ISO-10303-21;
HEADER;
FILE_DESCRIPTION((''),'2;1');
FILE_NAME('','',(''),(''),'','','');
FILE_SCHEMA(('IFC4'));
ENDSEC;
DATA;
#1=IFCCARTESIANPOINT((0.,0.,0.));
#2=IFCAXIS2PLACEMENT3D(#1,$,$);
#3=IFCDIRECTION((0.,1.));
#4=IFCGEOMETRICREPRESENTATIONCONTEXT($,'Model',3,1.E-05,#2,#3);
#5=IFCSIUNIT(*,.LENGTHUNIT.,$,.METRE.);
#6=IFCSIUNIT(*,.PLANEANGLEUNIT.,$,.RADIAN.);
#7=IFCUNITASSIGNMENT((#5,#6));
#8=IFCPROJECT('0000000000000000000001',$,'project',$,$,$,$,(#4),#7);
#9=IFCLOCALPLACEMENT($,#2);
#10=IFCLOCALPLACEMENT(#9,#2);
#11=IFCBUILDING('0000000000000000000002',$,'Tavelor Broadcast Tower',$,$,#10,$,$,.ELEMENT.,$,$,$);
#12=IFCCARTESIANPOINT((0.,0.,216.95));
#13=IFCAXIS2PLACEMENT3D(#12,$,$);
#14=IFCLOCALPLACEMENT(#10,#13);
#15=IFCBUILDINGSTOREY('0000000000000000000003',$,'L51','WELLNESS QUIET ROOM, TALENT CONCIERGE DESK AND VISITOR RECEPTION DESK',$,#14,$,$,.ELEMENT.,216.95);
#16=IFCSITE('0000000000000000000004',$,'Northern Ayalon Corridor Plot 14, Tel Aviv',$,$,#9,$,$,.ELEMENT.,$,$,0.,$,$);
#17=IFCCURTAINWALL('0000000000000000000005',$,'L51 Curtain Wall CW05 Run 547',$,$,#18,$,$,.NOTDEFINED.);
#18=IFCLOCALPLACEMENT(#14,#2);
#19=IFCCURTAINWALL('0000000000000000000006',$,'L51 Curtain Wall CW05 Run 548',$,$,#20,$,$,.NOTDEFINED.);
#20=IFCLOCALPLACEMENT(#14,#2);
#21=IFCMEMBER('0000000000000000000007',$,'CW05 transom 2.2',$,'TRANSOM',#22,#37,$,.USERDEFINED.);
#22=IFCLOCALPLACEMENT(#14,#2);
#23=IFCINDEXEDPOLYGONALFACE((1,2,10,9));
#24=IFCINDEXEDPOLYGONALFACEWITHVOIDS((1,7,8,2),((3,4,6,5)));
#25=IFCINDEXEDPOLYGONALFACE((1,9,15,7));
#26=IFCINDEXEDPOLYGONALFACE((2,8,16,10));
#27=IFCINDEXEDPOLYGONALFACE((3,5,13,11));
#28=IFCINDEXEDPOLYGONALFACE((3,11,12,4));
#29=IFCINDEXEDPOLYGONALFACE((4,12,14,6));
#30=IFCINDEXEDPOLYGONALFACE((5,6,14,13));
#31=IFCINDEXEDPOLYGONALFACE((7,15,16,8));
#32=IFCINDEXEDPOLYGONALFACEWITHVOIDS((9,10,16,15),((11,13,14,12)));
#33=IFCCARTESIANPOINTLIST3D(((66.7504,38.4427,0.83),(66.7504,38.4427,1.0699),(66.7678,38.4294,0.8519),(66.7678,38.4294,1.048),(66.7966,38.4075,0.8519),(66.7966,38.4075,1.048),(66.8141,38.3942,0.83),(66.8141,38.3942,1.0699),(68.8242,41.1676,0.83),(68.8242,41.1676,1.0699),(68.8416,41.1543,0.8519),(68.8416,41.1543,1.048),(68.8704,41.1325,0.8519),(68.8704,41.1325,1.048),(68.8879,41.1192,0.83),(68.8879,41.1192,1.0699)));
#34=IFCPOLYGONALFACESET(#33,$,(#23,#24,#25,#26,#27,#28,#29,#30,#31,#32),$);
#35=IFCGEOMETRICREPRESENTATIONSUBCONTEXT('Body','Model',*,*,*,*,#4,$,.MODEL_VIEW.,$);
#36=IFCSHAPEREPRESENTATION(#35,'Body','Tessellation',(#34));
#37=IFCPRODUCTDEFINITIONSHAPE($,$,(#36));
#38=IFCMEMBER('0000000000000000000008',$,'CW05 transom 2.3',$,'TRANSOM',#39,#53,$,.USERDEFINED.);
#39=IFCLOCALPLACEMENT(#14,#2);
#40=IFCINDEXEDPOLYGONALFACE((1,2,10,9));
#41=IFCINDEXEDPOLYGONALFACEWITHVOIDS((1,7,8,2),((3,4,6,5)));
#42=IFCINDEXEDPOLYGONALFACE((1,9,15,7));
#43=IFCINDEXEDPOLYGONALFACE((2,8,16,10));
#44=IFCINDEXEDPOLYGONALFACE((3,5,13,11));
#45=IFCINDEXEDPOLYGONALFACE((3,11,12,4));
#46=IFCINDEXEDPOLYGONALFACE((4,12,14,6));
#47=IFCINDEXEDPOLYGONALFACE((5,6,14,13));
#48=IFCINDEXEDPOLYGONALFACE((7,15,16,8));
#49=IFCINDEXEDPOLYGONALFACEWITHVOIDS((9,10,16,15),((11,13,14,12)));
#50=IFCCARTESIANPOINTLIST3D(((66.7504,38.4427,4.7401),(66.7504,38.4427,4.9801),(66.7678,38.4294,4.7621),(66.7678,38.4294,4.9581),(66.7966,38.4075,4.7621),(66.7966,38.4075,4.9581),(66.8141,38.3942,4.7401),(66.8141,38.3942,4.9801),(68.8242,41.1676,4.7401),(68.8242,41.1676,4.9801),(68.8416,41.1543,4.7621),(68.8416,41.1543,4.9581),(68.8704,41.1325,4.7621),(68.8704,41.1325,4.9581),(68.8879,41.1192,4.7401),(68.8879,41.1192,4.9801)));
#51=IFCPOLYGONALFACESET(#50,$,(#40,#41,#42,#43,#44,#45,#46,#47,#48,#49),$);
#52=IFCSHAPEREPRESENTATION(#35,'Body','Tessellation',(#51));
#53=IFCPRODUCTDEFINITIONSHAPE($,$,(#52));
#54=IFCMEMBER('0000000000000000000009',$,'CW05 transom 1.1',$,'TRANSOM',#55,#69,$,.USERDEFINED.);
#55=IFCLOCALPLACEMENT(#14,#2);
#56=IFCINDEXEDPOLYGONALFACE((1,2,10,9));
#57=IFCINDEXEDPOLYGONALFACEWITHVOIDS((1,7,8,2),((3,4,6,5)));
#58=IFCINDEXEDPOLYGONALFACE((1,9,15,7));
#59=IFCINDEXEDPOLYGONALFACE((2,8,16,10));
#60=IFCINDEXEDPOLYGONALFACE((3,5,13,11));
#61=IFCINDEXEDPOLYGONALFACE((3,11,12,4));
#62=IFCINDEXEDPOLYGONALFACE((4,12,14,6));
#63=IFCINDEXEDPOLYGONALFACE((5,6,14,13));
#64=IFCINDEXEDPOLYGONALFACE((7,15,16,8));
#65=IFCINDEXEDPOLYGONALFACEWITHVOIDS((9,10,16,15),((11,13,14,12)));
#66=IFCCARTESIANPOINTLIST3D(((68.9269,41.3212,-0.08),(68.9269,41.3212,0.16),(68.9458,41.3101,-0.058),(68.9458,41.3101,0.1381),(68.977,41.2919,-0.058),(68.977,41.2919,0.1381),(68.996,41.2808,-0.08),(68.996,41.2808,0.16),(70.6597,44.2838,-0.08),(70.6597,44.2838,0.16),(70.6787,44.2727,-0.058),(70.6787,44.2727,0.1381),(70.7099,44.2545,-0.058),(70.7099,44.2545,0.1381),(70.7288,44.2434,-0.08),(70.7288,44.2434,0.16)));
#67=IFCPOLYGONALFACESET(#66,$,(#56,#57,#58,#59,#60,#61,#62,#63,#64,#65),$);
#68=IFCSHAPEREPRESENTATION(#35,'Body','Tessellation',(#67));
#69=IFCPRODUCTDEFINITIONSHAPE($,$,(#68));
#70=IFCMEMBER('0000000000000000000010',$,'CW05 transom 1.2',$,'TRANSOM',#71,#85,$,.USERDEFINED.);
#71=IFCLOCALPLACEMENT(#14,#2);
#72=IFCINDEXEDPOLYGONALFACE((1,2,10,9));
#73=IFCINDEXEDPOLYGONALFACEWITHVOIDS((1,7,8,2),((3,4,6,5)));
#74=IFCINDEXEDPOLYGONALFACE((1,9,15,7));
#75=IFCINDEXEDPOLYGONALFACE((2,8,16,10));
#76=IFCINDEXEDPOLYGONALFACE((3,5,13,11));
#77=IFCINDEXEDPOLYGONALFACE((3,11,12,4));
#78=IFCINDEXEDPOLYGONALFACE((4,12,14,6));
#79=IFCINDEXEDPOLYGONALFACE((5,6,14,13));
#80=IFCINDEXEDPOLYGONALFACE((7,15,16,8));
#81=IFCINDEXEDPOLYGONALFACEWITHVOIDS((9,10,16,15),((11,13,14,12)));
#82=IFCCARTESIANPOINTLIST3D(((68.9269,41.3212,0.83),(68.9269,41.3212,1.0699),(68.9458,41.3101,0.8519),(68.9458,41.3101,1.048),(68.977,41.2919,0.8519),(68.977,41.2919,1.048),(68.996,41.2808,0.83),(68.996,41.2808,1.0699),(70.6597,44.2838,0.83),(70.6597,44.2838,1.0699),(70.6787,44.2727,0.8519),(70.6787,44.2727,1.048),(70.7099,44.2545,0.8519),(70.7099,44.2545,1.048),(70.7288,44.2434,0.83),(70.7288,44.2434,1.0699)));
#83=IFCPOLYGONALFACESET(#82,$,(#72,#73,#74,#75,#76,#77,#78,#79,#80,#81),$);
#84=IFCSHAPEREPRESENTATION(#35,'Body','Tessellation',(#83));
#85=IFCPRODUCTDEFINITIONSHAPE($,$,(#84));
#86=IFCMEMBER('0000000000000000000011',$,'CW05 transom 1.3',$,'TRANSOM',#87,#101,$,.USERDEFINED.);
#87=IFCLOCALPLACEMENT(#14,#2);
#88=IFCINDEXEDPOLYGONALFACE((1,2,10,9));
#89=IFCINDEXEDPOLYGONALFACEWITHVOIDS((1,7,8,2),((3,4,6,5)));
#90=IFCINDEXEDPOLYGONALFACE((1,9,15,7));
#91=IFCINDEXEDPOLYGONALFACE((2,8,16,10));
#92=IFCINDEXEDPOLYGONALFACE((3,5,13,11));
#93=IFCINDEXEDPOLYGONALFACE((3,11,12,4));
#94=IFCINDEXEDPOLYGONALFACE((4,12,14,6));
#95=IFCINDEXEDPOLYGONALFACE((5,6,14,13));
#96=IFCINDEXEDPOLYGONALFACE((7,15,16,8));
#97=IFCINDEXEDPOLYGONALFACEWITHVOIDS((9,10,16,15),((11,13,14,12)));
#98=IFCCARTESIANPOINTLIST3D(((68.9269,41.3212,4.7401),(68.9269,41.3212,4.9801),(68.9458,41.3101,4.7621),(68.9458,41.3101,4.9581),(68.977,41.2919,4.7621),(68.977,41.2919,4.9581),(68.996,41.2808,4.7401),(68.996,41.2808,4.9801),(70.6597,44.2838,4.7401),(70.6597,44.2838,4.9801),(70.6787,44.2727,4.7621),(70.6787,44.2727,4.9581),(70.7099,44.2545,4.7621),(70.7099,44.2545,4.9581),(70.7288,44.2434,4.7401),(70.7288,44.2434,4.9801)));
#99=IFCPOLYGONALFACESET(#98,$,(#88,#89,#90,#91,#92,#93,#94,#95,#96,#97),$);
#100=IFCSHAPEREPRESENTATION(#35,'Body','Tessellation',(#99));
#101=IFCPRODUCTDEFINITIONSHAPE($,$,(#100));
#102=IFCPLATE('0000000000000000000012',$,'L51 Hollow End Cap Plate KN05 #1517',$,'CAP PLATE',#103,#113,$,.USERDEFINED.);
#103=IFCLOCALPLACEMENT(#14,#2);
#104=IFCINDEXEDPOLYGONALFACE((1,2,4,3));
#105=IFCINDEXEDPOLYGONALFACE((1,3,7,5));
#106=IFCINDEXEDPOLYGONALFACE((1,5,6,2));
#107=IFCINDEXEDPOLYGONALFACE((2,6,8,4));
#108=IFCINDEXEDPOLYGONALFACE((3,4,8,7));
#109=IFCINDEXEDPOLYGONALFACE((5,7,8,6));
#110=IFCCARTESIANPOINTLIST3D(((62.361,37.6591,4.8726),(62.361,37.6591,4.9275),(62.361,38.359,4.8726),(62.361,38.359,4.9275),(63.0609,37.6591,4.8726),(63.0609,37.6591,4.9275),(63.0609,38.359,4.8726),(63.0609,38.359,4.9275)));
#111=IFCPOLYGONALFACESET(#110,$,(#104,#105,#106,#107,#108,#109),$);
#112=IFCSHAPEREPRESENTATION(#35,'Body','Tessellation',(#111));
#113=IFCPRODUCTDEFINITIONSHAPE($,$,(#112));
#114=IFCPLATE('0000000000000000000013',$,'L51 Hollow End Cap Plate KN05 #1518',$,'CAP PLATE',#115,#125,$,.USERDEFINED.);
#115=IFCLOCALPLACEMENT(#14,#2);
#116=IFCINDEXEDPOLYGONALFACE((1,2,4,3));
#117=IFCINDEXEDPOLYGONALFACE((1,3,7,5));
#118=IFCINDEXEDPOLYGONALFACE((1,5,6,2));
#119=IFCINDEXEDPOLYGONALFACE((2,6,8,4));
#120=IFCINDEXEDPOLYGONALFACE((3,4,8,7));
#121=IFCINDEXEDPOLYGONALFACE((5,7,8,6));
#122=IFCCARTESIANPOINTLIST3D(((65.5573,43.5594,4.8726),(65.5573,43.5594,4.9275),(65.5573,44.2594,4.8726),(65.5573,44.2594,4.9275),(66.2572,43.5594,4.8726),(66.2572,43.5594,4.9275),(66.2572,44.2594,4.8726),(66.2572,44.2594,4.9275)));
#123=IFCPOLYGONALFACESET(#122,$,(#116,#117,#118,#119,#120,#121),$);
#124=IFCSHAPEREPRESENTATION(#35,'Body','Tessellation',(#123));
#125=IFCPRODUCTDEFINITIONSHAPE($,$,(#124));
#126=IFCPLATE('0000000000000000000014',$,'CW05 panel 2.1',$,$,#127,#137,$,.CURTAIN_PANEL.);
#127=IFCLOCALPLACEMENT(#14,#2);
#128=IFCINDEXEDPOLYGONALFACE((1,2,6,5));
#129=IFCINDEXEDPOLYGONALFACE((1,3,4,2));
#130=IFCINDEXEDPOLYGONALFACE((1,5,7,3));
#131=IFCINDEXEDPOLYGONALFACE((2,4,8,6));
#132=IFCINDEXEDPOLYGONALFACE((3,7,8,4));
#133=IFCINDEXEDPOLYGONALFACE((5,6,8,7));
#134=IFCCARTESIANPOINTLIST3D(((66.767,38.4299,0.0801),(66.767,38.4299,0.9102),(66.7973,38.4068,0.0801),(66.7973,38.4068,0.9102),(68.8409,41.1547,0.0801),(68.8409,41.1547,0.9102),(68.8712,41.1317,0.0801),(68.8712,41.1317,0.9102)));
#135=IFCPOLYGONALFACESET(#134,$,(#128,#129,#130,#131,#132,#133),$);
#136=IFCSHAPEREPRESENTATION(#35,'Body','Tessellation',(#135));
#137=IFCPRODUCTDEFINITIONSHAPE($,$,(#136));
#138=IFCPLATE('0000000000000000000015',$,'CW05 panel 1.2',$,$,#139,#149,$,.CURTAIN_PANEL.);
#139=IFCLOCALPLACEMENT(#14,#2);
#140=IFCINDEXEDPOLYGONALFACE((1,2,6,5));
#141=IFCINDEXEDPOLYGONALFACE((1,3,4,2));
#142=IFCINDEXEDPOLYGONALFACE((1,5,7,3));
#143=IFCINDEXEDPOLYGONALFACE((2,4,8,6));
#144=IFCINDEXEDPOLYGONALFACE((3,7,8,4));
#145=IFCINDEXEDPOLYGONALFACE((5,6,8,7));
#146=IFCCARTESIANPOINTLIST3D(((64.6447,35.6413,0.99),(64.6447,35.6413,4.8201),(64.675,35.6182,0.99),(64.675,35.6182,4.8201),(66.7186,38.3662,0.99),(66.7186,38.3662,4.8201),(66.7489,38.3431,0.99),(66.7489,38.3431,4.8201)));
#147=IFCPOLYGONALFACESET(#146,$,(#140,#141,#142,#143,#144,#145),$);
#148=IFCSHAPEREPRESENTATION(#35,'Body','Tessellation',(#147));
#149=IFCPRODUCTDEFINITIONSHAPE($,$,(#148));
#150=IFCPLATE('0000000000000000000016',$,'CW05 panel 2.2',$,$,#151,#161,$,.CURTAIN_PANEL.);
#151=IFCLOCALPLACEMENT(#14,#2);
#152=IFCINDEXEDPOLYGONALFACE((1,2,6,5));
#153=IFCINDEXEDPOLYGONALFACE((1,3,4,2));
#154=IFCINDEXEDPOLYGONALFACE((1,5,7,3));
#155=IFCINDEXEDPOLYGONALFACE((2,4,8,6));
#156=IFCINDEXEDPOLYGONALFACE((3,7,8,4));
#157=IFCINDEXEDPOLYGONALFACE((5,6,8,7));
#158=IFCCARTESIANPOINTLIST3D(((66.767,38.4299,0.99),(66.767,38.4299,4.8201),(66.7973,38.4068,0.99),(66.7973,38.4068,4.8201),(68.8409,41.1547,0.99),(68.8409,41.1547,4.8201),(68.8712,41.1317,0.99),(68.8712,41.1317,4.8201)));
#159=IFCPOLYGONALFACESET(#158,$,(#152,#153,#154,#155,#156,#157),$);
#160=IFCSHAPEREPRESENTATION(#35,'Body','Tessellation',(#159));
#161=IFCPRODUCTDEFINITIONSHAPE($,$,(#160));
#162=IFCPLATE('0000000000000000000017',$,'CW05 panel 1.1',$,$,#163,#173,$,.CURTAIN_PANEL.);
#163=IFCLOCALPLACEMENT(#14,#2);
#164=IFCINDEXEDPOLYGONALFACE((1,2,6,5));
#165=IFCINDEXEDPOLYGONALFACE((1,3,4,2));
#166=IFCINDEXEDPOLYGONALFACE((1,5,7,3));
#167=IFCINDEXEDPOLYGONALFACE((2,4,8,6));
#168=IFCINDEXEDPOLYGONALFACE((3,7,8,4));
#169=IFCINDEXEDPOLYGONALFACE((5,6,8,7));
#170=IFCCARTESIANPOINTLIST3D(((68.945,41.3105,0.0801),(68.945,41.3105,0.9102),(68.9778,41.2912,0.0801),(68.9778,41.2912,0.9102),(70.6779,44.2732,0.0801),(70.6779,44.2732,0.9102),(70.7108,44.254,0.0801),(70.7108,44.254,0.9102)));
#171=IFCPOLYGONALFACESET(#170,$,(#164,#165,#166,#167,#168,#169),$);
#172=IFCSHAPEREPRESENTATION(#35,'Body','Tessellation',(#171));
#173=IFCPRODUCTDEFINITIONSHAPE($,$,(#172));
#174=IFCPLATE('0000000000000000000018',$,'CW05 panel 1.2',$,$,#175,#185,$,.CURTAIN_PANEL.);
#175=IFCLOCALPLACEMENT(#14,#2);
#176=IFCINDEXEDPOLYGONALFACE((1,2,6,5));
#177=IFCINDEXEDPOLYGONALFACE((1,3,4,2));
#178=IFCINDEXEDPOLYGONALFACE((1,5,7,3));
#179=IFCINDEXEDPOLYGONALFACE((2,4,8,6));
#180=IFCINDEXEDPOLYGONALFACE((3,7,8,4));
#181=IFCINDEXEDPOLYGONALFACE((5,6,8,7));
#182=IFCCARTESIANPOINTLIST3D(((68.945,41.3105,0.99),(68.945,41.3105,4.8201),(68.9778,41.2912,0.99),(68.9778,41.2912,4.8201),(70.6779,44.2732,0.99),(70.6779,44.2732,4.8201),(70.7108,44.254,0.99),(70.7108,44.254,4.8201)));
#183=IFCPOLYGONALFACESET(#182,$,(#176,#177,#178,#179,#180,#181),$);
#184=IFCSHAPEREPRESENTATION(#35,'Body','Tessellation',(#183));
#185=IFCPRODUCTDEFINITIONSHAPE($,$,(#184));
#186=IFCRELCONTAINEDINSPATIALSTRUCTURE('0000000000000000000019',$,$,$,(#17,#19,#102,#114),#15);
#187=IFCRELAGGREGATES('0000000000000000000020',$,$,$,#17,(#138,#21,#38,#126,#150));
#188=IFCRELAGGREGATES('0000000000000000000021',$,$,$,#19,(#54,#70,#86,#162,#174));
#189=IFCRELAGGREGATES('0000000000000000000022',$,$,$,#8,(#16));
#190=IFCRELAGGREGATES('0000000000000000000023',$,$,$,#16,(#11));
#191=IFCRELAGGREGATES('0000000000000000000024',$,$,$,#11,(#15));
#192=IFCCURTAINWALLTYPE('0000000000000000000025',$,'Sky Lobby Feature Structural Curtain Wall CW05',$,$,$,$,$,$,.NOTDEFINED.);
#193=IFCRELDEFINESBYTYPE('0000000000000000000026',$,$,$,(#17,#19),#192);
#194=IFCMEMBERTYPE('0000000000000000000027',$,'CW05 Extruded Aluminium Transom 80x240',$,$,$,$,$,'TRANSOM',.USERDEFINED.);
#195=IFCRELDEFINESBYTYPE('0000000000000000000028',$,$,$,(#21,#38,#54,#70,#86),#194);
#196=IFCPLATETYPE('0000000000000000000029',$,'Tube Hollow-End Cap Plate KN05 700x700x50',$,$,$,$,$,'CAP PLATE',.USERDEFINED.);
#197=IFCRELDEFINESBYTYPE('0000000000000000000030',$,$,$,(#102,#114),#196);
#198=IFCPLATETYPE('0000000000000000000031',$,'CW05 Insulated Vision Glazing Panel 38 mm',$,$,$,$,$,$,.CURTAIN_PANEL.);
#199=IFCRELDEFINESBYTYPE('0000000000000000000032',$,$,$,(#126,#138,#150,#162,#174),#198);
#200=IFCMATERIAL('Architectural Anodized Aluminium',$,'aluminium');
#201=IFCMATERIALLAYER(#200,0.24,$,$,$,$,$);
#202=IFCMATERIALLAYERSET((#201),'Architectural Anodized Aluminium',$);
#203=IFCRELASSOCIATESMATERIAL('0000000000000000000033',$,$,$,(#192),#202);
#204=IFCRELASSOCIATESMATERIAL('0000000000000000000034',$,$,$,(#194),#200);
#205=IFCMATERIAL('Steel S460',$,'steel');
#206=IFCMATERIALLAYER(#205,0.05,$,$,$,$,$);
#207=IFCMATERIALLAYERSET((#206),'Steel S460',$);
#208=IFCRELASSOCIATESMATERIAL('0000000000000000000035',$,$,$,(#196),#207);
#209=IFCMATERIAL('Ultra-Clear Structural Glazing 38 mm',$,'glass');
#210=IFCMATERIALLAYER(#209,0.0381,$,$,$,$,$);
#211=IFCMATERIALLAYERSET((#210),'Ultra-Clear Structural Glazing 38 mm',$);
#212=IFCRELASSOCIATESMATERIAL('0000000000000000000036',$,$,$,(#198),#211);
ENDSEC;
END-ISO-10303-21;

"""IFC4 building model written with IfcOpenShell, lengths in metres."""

from ifc_helpers import new_model, si_unit, direction, frame, origin, origin_2d, place, context, subcontext, project, spatial, rectangle, hollow_rectangle, extrude, source, transform, mapped, material, layer, layer_set, material_profile, profile_set, type_object, type_shapes, element, aggregate, save


model = new_model("IFC4")

# Units and contexts
model_context = context("Model", 3, precision=1e-05, world=origin(), true_north=direction((0.0, 1.0)))
body_context = subcontext(model_context, "Body", "Model", "MODEL_VIEW")
ifc_project = project(units=[si_unit("LENGTHUNIT", "METRE"), si_unit("PLANEANGLEUNIT", "RADIAN")], contexts=[model_context])

# Site, building, storey
site_placement = place(None, origin())
site = spatial("IfcSite", under=ifc_project, at=site_placement, Name="Northern Ayalon Corridor Plot 14, Tel Aviv", CompositionType="ELEMENT", RefElevation=0.0)
building_placement = place(site_placement, origin())
building = spatial("IfcBuilding", under=site, at=building_placement, Name="Tavelor Broadcast Tower", CompositionType="ELEMENT")
storey_placement = place(building_placement, frame((0.0, 0.0, 216.95)))
storey = spatial("IfcBuildingStorey", under=building, at=storey_placement, Name="L51", Description="WELLNESS QUIET ROOM, TALENT CONCIERGE DESK AND VISITOR RECEPTION DESK", CompositionType="ELEMENT", Elevation=216.95)

# Shared definitions
ifc_material_1 = material(Name="Steel S460", Category="steel")

# Curtain wall
ifc_material_2 = material(Name="Architectural Anodized Aluminium", Category="aluminium")
ifc_layer_1 = layer(ifc_material_2, 0.24)
ifc_layer_set_1 = layer_set([ifc_layer_1], Name="Architectural Anodized Aluminium")
curtain_wall_type = type_object("IfcCurtainWallType", Name="Sky Lobby Feature Structural Curtain Wall CW05", PredefinedType="NOTDEFINED", material=ifc_layer_set_1)
curtain_wall_1_placement = place(storey_placement, origin())
curtain_wall_1 = element("IfcCurtainWall", 1, at=curtain_wall_1_placement, inside=storey, type_object=curtain_wall_type, Name="L51 Curtain Wall CW05 Run 547", PredefinedType="NOTDEFINED")

# Curtain wall
curtain_wall_2_placement = place(storey_placement, origin())
curtain_wall_2 = element("IfcCurtainWall", 2, at=curtain_wall_2_placement, inside=storey, type_object=curtain_wall_type, Name="L51 Curtain Wall CW05 Run 548", PredefinedType="NOTDEFINED")

# Members
ifc_material_profile_1 = material_profile(ifc_material_2, hollow_rectangle(XDim=0.0801, YDim=0.24, WallThickness=0.022, at=origin_2d()), Name="RHS 80x240x22")
ifc_profile_set_1 = profile_set([ifc_material_profile_1], Name="Architectural Anodized Aluminium")
member_type_1 = type_object("IfcMemberType", Name="CW05 Extruded Aluminium Transom 80x240", ElementType="TRANSOM", PredefinedType="USERDEFINED", material=ifc_profile_set_1)
shared_shape_1 = source(origin(), body_context, "Body", "SweptSolid", [
    extrude(hollow_rectangle(XDim=0.0801, YDim=0.24, WallThickness=0.022, at=origin_2d()), origin(), (0.0, 0.0, 1.0), 3.4243),
])
member_1_placement = place(storey_placement, frame((66.7822, 38.4185, 0.95), z_axis=(0.605609, 0.795762, 0.0), x_axis=(-0.795762, 0.605609, 0.0)))
member_1 = element("IfcMember", 3, at=member_1_placement, type_object=member_type_1, Name="CW05 transom 2.2", ObjectType="TRANSOM", PredefinedType="USERDEFINED", context=body_context, shape_type="MappedRepresentation", body=[
    mapped(shared_shape_1, transform((0.0, 0.0, 0.0), scale=1.0)),
])
member_2_placement = place(storey_placement, frame((66.7822, 38.4185, 4.8601), z_axis=(0.605609, 0.795762, 0.0), x_axis=(-0.795762, 0.605609, 0.0)))
member_2 = element("IfcMember", 4, at=member_2_placement, type_object=member_type_1, Name="CW05 transom 2.3", ObjectType="TRANSOM", PredefinedType="USERDEFINED", context=body_context, shape_type="MappedRepresentation", body=[
    mapped(shared_shape_1, transform((0.0, 0.0, 0.0), scale=1.0)),
])
shared_shape_2 = source(origin(), body_context, "Body", "SweptSolid", [
    extrude(hollow_rectangle(XDim=0.0801, YDim=0.24, WallThickness=0.022, at=origin_2d()), origin(), (0.0, 0.0, 1.0), 3.4321),
])
type_shapes(member_type_1, [shared_shape_1, shared_shape_2])
member_3_placement = place(storey_placement, frame((68.9614, 41.301, 0.04), z_axis=(0.504892, 0.863182, 0.0), x_axis=(-0.863182, 0.504892, 0.0)))
member_3 = element("IfcMember", 5, at=member_3_placement, type_object=member_type_1, Name="CW05 transom 1.1", ObjectType="TRANSOM", PredefinedType="USERDEFINED", context=body_context, shape_type="MappedRepresentation", body=[
    mapped(shared_shape_2, transform((0.0, 0.0, 0.0), scale=1.0)),
])
member_4_placement = place(storey_placement, frame((68.9614, 41.301, 0.95), z_axis=(0.504892, 0.863182, 0.0), x_axis=(-0.863182, 0.504892, 0.0)))
member_4 = element("IfcMember", 6, at=member_4_placement, type_object=member_type_1, Name="CW05 transom 1.2", ObjectType="TRANSOM", PredefinedType="USERDEFINED", context=body_context, shape_type="MappedRepresentation", body=[
    mapped(shared_shape_2, transform((0.0, 0.0, 0.0), scale=1.0)),
])
member_5_placement = place(storey_placement, frame((68.9614, 41.301, 4.8601), z_axis=(0.504892, 0.863182, 0.0), x_axis=(-0.863182, 0.504892, 0.0)))
member_5 = element("IfcMember", 7, at=member_5_placement, type_object=member_type_1, Name="CW05 transom 1.3", ObjectType="TRANSOM", PredefinedType="USERDEFINED", context=body_context, shape_type="MappedRepresentation", body=[
    mapped(shared_shape_2, transform((0.0, 0.0, 0.0), scale=1.0)),
])

# Plates
ifc_layer_2 = layer(ifc_material_1, 0.05)
ifc_layer_set_2 = layer_set([ifc_layer_2], Name="Steel S460")
plate_type_1 = type_object("IfcPlateType", Name="Tube Hollow-End Cap Plate KN05 700x700x50", ElementType="CAP PLATE", PredefinedType="USERDEFINED", material=ifc_layer_set_2)
shared_shape_3 = source(origin(), body_context, "Body", "SweptSolid", [
    extrude(rectangle(XDim=0.7, YDim=0.7, at=origin_2d()), origin(), (0.0, 0.0, 1.0), 0.0549),
])
type_shapes(plate_type_1, [shared_shape_3])
for number, where, z_axis, x_axis, name in (
    (8, (62.7109, 38.009, 4.8726), (0.0, 0.0, 1.0), (1.0, 0.0, 0.0), "L51 Hollow End Cap Plate KN05 #1517"),
    (9, (65.9072, 43.9094, 4.8726), (0.0, 0.0, 1.0), (1.0, 0.0, 0.0), "L51 Hollow End Cap Plate KN05 #1518"),
):
    element("IfcPlate", number, at=place(storey_placement, frame(where, z_axis=z_axis, x_axis=x_axis)), inside=storey, type_object=plate_type_1, Name=name, ObjectType="CAP PLATE", PredefinedType="USERDEFINED", context=body_context, shape_type="MappedRepresentation", body=[
        mapped(shared_shape_3, transform((0.0, 0.0, 0.0), scale=1.0)),
    ])

# Plates
ifc_material_3 = material(Name="Ultra-Clear Structural Glazing 38 mm", Category="glass")
ifc_layer_3 = layer(ifc_material_3, 0.0381)
ifc_layer_set_3 = layer_set([ifc_layer_3], Name="Ultra-Clear Structural Glazing 38 mm")
plate_type_2 = type_object("IfcPlateType", Name="CW05 Insulated Vision Glazing Panel 38 mm", PredefinedType="CURTAIN_PANEL", material=ifc_layer_set_3)
shared_shape_4 = source(origin(), body_context, "Body", "SweptSolid", [
    extrude(rectangle(XDim=3.4243, YDim=0.0381, at=origin_2d()), origin(), (0.0, 0.0, 1.0), 0.8301),
])
plate_1_placement = place(storey_placement, frame((67.8191, 39.7808, 0.0801), z_axis=(0.0, 0.0, 1.0), x_axis=(0.60563, 0.795746, 0.0)))
plate_1 = element("IfcPlate", 10, at=plate_1_placement, type_object=plate_type_2, Name="CW05 panel 2.1", PredefinedType="CURTAIN_PANEL", context=body_context, shape_type="MappedRepresentation", body=[
    mapped(shared_shape_4, transform((0.0, 0.0, 0.0), scale=1.0)),
])
shared_shape_5 = source(origin(), body_context, "Body", "SweptSolid", [
    extrude(rectangle(XDim=3.4243, YDim=0.0381, at=origin_2d()), origin(), (0.0, 0.0, 1.0), 3.8301),
])
plate_2_placement = place(storey_placement, frame((65.6968, 36.9922, 0.99), z_axis=(0.0, 0.0, 1.0), x_axis=(0.60563, 0.795746, 0.0)))
plate_2 = element("IfcPlate", 11, at=plate_2_placement, type_object=plate_type_2, Name="CW05 panel 1.2", PredefinedType="CURTAIN_PANEL", context=body_context, shape_type="MappedRepresentation", body=[
    mapped(shared_shape_5, transform((0.0, 0.0, 0.0), scale=1.0)),
])
plate_3_placement = place(storey_placement, frame((67.8191, 39.7808, 0.99), z_axis=(0.0, 0.0, 1.0), x_axis=(0.60563, 0.795746, 0.0)))
plate_3 = element("IfcPlate", 12, at=plate_3_placement, type_object=plate_type_2, Name="CW05 panel 2.2", PredefinedType="CURTAIN_PANEL", context=body_context, shape_type="MappedRepresentation", body=[
    mapped(shared_shape_5, transform((0.0, 0.0, 0.0), scale=1.0)),
])
aggregate(curtain_wall_1, [plate_2, member_1, member_2, plate_1, plate_3])
shared_shape_6 = source(origin(), body_context, "Body", "SweptSolid", [
    extrude(rectangle(XDim=3.4324, YDim=0.0381, at=origin_2d()), origin(), (0.0, 0.0, 1.0), 0.8301),
])
plate_4_placement = place(storey_placement, frame((69.8279, 42.7822, 0.0801), z_axis=(0.0, 0.0, 1.0), x_axis=(0.504888, 0.863185, 0.0)))
plate_4 = element("IfcPlate", 13, at=plate_4_placement, type_object=plate_type_2, Name="CW05 panel 1.1", PredefinedType="CURTAIN_PANEL", context=body_context, shape_type="MappedRepresentation", body=[
    mapped(shared_shape_6, transform((0.0, 0.0, 0.0), scale=1.0)),
])
shared_shape_7 = source(origin(), body_context, "Body", "SweptSolid", [
    extrude(rectangle(XDim=3.4324, YDim=0.0381, at=origin_2d()), origin(), (0.0, 0.0, 1.0), 3.8301),
])
type_shapes(plate_type_2, [shared_shape_4, shared_shape_5, shared_shape_6, shared_shape_7])
plate_5_placement = place(storey_placement, frame((69.8279, 42.7822, 0.99), z_axis=(0.0, 0.0, 1.0), x_axis=(0.504888, 0.863185, 0.0)))
plate_5 = element("IfcPlate", 14, at=plate_5_placement, type_object=plate_type_2, Name="CW05 panel 1.2", PredefinedType="CURTAIN_PANEL", context=body_context, shape_type="MappedRepresentation", body=[
    mapped(shared_shape_7, transform((0.0, 0.0, 0.0), scale=1.0)),
])
aggregate(curtain_wall_2, [member_3, member_4, member_5, plate_4, plate_5])

save(model, "model.ifc")
